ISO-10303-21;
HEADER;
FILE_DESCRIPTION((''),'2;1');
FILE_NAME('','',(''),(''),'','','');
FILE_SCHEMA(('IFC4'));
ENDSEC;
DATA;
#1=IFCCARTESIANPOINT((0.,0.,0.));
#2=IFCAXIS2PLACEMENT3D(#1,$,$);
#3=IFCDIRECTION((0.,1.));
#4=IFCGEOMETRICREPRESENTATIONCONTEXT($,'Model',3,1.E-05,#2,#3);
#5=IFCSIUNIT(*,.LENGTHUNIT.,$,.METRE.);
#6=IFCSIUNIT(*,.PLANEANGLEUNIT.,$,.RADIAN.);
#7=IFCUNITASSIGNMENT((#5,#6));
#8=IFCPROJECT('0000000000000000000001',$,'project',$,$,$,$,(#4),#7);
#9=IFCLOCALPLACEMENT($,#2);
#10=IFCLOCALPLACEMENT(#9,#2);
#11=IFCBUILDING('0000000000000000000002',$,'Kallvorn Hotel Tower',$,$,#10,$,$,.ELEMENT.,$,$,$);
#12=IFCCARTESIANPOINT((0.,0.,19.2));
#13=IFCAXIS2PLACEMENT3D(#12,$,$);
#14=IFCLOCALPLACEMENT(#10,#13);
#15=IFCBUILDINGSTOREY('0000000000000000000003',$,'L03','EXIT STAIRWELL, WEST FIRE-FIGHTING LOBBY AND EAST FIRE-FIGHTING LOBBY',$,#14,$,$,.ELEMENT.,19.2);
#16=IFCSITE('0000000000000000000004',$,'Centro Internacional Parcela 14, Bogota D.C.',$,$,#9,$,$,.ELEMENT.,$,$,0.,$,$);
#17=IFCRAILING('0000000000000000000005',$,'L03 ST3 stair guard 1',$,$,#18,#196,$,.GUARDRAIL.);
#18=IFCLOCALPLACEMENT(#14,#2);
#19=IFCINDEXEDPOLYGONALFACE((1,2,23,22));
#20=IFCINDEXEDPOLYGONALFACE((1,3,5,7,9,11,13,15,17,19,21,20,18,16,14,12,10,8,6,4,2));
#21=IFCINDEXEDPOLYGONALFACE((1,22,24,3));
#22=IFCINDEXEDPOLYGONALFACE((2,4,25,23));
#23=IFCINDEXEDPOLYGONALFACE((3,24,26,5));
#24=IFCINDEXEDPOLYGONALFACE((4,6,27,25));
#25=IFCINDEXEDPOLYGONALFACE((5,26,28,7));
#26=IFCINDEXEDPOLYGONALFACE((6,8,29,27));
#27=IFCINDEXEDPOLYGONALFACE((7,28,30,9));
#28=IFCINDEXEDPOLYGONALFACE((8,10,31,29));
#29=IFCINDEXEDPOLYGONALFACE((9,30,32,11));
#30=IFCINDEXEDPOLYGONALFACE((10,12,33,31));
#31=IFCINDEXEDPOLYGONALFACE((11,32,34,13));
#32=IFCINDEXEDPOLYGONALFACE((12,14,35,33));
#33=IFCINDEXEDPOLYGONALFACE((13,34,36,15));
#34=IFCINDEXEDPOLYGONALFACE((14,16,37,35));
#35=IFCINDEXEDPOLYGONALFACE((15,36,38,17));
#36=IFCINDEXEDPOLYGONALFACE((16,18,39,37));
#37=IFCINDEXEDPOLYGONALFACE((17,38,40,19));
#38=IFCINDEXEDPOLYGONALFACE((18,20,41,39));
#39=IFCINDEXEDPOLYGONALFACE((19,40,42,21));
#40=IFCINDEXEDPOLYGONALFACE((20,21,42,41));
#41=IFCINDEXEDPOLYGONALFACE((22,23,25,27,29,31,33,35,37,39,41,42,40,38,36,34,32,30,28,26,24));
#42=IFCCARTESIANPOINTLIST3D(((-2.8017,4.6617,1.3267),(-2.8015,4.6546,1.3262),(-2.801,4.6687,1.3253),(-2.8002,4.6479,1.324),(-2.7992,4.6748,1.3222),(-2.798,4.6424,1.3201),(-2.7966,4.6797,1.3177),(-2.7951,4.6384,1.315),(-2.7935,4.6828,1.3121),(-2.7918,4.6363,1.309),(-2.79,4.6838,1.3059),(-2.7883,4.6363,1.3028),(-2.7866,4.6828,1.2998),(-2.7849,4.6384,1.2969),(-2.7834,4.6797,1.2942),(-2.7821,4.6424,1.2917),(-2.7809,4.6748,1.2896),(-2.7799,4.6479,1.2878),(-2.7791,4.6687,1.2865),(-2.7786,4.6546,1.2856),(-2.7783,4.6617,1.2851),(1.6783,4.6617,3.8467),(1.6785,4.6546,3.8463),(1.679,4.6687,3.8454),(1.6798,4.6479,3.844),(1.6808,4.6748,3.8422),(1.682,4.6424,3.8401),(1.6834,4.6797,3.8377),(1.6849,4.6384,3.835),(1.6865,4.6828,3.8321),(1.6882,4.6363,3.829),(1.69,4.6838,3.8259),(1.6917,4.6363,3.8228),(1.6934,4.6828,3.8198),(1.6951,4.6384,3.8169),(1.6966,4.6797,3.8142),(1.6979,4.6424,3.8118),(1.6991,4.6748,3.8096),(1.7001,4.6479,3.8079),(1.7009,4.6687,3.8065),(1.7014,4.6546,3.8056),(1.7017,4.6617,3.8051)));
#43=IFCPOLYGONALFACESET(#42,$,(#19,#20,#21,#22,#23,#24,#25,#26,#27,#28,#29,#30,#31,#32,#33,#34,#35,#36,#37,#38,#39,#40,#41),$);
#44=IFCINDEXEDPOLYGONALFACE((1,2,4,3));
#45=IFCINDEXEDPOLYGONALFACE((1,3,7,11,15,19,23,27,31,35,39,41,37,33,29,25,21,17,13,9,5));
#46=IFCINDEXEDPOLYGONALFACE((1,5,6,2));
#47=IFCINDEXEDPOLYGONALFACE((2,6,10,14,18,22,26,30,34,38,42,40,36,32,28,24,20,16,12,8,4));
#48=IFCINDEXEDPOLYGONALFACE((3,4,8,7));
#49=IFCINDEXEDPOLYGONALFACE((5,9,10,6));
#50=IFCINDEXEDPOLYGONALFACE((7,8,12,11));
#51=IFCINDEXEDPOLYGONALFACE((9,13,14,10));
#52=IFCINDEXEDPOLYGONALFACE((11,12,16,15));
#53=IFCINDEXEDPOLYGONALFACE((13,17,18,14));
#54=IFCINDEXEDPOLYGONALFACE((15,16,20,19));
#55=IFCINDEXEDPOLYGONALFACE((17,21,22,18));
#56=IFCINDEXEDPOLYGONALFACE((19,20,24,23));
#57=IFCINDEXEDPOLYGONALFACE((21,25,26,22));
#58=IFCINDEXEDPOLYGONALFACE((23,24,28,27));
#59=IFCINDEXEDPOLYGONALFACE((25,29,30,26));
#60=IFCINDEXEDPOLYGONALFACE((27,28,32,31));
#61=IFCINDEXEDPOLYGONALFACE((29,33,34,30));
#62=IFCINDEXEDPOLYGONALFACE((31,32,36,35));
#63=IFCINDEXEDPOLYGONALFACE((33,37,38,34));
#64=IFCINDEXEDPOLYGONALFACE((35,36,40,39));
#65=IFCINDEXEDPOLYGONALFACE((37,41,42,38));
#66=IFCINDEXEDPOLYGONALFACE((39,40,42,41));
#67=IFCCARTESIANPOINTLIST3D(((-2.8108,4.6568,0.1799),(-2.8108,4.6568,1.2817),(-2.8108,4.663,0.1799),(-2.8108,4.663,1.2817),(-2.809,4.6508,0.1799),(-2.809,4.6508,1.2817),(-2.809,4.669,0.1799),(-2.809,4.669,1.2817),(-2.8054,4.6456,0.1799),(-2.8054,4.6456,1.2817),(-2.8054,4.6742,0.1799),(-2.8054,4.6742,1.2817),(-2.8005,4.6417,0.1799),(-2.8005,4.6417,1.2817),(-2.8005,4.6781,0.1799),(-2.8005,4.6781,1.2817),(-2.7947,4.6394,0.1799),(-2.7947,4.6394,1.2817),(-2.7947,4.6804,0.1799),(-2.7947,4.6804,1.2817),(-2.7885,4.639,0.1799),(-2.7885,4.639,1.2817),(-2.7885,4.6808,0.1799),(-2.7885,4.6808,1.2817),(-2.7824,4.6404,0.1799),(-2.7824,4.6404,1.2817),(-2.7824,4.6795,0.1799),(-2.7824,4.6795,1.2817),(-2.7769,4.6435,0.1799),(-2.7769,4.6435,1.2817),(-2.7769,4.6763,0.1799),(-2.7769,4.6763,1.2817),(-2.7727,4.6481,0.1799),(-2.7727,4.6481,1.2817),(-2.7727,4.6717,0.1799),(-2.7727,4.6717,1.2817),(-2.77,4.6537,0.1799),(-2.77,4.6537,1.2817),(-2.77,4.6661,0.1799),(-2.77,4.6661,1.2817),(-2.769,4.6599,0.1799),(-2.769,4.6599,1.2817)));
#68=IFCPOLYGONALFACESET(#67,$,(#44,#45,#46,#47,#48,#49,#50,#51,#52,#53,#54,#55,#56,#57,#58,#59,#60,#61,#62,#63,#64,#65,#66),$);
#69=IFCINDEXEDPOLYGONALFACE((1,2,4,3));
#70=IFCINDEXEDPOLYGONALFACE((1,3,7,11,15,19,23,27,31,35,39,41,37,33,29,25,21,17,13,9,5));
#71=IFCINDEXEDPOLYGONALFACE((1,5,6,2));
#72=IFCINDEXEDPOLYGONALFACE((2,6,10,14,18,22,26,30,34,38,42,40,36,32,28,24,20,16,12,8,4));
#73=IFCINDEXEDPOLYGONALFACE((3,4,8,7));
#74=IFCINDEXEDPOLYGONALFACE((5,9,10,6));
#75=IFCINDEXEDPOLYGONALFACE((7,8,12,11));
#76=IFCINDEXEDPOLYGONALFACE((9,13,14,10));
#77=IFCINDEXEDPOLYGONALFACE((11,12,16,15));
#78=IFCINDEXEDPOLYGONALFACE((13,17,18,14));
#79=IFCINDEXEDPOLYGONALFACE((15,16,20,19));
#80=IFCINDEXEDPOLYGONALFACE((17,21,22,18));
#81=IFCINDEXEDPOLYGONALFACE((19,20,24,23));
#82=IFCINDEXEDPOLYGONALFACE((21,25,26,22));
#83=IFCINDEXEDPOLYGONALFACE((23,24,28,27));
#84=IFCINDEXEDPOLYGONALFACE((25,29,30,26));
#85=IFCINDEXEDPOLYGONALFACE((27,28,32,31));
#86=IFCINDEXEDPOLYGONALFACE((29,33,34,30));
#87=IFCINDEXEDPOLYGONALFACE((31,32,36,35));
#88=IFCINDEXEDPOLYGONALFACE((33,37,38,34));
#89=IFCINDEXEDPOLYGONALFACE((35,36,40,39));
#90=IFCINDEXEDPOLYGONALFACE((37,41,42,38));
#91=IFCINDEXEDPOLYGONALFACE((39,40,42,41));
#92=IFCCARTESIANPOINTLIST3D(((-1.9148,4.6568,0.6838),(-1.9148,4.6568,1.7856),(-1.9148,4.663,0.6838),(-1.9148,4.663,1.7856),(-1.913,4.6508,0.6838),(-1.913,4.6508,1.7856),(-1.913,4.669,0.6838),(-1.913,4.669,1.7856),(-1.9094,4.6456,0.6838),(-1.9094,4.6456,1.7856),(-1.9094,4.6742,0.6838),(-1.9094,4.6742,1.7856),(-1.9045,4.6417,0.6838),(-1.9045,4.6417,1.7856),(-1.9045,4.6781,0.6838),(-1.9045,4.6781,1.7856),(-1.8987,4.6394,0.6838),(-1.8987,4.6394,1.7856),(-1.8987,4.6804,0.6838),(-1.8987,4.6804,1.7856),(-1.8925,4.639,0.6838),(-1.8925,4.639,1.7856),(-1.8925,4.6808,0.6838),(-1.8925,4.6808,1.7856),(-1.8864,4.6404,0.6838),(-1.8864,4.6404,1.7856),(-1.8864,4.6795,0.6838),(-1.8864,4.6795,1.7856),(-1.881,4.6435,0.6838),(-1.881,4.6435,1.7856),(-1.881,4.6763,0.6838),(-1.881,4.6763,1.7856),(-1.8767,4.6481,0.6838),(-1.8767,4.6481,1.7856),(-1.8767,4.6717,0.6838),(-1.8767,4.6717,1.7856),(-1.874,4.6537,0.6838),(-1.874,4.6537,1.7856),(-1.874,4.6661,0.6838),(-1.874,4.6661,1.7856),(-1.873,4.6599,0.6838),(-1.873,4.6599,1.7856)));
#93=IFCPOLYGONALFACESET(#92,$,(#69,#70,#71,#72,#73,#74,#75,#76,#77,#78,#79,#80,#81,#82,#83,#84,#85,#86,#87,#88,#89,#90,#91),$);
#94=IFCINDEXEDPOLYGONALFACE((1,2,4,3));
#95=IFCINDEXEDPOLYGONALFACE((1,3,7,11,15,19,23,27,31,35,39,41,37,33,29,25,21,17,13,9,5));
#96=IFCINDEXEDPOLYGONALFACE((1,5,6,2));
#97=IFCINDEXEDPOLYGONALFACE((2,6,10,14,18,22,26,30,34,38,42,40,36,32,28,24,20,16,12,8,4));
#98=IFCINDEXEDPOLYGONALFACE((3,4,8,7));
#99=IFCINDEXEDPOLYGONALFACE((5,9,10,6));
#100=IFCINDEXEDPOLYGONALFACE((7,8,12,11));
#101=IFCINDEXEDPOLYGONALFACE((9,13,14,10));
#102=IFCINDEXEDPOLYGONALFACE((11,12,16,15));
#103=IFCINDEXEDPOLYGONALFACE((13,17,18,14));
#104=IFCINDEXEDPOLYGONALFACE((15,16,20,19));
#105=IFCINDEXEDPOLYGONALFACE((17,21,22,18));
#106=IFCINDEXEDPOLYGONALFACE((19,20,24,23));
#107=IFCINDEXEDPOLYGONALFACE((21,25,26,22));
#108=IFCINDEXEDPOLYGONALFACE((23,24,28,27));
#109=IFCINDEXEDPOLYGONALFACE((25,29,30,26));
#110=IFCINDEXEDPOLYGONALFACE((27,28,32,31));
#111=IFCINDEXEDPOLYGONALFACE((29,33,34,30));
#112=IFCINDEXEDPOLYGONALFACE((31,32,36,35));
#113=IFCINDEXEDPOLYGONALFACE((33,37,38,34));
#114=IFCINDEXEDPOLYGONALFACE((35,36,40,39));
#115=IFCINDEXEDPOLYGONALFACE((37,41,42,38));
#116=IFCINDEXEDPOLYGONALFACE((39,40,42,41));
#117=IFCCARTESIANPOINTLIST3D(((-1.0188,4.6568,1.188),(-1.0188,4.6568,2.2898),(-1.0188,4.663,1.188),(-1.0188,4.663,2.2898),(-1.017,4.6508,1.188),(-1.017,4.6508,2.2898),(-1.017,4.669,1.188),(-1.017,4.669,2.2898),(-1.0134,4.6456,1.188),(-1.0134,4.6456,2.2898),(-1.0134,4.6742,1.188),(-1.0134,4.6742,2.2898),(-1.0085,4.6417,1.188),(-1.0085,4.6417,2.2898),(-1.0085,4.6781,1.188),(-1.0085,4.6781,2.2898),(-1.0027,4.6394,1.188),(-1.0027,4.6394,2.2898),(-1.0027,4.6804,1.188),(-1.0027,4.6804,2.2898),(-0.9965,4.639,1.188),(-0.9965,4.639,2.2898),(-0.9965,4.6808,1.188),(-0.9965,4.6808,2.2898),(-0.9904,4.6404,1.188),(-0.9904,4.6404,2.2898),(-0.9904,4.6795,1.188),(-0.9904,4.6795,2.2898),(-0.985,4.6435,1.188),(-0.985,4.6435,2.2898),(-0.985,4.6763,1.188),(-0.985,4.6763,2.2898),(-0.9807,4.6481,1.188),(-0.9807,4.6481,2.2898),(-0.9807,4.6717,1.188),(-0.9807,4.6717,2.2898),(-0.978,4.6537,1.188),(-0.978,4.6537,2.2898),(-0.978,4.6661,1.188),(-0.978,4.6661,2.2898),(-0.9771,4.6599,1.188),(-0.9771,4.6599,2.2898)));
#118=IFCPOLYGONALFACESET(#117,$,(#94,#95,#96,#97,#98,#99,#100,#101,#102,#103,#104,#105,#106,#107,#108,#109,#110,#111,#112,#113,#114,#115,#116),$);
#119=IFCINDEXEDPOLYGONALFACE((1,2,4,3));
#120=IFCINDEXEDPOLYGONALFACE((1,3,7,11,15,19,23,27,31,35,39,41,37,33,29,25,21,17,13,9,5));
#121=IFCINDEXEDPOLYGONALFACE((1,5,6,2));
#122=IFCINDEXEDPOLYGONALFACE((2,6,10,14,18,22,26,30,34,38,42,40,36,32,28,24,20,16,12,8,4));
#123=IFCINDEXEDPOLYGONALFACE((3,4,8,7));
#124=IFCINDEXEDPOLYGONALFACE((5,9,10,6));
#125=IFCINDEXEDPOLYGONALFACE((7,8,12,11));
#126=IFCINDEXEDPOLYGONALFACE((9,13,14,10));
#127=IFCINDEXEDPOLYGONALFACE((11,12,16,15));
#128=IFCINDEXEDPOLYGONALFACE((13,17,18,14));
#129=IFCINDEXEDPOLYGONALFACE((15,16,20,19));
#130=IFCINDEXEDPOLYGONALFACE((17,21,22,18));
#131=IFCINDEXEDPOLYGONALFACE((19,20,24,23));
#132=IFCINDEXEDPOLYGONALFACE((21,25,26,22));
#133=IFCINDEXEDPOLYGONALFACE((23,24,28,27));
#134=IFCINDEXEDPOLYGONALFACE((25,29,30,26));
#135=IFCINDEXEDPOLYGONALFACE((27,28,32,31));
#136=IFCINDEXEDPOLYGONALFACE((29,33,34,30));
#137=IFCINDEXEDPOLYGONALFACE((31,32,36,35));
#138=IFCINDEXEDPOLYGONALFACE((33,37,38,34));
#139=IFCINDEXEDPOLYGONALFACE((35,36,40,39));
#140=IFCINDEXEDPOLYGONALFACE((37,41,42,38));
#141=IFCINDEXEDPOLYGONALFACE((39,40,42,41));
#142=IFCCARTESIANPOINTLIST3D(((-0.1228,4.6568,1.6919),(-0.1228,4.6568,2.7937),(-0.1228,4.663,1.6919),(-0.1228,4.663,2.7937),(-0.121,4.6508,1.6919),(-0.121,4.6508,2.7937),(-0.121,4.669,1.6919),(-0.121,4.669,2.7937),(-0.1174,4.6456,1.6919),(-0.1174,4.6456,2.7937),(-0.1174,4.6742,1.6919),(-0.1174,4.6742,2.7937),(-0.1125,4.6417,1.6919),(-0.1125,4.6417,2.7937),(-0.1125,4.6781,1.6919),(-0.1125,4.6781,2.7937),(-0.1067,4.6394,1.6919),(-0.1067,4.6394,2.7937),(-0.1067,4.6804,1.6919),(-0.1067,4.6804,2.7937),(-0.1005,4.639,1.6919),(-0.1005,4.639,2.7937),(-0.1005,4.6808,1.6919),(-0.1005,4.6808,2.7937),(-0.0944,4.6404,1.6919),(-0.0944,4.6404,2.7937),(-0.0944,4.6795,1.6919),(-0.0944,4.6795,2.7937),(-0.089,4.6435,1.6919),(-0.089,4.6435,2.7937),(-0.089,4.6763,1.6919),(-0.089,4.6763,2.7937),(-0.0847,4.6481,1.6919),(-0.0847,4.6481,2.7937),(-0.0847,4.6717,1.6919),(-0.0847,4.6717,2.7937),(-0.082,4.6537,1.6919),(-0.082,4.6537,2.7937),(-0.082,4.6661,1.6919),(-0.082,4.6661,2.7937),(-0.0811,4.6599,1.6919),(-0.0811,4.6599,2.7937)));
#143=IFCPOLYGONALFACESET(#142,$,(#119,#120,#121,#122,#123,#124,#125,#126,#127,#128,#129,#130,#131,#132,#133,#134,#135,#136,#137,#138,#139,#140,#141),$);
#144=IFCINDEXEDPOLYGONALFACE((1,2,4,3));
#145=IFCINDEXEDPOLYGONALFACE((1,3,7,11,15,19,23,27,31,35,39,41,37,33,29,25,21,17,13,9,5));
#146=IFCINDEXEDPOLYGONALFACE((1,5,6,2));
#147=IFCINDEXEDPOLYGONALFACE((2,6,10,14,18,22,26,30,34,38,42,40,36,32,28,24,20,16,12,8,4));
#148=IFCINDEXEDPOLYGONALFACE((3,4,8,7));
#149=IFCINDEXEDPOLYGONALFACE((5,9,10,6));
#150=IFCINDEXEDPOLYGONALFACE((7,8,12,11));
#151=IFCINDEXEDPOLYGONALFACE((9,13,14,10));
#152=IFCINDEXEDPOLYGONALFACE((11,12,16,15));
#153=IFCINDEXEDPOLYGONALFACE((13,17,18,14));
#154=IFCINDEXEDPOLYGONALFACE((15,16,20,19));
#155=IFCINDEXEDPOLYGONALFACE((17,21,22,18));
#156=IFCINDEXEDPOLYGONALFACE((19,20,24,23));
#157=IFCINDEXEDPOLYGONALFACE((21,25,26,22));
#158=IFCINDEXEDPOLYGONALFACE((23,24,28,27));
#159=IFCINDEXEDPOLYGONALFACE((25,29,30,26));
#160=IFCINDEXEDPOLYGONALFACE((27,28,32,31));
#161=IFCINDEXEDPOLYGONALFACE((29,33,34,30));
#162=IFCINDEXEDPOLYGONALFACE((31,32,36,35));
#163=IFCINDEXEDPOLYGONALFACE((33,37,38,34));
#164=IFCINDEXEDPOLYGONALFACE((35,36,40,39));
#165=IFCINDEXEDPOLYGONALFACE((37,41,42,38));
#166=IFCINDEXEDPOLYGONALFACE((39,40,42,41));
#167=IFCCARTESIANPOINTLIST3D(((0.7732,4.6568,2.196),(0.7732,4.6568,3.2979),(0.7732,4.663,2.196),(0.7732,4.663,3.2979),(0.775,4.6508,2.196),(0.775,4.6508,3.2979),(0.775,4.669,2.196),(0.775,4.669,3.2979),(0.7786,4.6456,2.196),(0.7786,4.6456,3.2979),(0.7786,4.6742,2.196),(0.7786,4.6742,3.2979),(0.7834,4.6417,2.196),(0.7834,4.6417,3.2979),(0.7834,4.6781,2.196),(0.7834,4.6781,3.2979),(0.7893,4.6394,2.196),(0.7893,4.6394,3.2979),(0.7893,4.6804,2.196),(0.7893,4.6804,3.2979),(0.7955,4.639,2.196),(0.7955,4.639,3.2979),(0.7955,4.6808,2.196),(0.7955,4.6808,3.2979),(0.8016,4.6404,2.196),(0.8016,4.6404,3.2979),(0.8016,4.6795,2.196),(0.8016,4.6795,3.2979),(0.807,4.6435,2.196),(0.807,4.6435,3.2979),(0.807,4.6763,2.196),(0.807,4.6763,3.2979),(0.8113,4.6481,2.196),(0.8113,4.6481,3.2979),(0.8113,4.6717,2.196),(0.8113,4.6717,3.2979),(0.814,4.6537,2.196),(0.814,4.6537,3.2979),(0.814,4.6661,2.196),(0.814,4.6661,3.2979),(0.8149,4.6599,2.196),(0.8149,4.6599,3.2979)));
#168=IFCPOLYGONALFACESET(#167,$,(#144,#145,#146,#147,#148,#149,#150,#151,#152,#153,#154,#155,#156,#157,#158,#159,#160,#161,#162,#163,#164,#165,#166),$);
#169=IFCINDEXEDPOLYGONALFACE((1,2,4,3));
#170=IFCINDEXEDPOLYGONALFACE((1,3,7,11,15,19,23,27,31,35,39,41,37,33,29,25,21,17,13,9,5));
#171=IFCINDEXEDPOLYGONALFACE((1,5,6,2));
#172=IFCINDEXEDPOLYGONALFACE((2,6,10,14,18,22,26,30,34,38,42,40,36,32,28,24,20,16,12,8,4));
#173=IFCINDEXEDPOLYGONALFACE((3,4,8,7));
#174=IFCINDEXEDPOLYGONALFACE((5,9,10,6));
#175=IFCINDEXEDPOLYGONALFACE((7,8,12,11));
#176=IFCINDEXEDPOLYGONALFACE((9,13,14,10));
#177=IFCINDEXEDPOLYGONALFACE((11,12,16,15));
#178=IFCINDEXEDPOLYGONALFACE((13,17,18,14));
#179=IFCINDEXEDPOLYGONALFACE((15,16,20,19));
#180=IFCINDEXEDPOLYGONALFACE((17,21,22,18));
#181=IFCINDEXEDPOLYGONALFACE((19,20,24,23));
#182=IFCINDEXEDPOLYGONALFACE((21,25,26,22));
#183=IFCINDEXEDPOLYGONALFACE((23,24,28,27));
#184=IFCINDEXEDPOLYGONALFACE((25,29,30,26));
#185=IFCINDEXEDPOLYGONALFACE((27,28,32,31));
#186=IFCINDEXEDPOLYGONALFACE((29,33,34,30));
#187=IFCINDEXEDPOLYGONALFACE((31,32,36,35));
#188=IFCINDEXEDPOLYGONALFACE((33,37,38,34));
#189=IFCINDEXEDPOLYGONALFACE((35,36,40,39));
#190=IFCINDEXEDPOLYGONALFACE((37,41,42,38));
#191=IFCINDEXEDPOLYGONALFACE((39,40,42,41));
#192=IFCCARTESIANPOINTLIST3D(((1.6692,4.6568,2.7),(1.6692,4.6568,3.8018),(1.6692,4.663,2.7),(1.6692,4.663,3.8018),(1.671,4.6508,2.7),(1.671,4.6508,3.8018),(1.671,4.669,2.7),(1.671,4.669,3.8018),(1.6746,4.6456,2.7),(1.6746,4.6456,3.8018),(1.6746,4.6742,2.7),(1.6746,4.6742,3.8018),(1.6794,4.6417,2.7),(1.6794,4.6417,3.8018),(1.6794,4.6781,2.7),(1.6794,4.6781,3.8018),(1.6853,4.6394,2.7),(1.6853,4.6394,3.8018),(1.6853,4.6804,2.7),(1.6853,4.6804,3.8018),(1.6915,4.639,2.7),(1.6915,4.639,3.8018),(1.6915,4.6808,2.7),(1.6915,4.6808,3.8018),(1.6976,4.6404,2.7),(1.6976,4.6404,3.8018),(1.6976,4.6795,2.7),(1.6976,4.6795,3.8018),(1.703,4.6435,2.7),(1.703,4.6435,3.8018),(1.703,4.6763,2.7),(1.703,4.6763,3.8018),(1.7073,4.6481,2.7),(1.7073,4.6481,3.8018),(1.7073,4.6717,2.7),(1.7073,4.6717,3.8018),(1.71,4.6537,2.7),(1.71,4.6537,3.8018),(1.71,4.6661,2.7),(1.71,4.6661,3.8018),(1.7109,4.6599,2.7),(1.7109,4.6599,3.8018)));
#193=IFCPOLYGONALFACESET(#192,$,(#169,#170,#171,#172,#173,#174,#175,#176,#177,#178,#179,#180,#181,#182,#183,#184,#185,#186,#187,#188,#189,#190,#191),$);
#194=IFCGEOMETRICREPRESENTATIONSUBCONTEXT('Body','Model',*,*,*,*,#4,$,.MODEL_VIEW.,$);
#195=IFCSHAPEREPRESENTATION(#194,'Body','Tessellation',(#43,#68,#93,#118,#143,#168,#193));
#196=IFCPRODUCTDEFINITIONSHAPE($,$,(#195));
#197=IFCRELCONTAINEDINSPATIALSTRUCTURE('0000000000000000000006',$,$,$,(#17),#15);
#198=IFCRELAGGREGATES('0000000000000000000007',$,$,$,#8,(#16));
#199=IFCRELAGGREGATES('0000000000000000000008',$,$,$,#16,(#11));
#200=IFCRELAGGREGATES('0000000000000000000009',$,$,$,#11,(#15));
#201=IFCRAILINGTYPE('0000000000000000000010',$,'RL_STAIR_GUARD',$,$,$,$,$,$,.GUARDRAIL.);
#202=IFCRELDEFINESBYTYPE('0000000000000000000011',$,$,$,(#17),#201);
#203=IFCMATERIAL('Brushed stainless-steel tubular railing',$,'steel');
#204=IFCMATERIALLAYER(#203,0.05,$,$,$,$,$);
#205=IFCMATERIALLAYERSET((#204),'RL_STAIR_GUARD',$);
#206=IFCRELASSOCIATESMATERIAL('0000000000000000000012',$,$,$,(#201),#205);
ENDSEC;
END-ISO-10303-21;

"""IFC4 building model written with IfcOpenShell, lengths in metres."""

from ifc_helpers import new_model, si_unit, direction, frame, origin, origin_2d, place, context, subcontext, project, spatial, circle, extrude, material, layer, layer_set, type_object, element, save


model = new_model("IFC4")

# Units and contexts
model_context = context("Model", 3, precision=1e-05, world=origin(), true_north=direction((0.0, 1.0)))
body_context = subcontext(model_context, "Body", "Model", "MODEL_VIEW")
ifc_project = project(units=[si_unit("LENGTHUNIT", "METRE"), si_unit("PLANEANGLEUNIT", "RADIAN")], contexts=[model_context])

# Site, building, storey
site_placement = place(None, origin())
site = spatial("IfcSite", under=ifc_project, at=site_placement, Name="Centro Internacional Parcela 14, Bogota D.C.", CompositionType="ELEMENT", RefElevation=0.0)
building_placement = place(site_placement, origin())
building = spatial("IfcBuilding", under=site, at=building_placement, Name="Kallvorn Hotel Tower", CompositionType="ELEMENT")
storey_placement = place(building_placement, frame((0.0, 0.0, 19.2)))
storey = spatial("IfcBuildingStorey", under=building, at=storey_placement, Name="L03", Description="EXIT STAIRWELL, WEST FIRE-FIGHTING LOBBY AND EAST FIRE-FIGHTING LOBBY", CompositionType="ELEMENT", Elevation=19.2)

# Railing
ifc_material_1 = material(Name="Brushed stainless-steel tubular railing", Category="steel")
ifc_layer_1 = layer(ifc_material_1, 0.05)
ifc_layer_set_1 = layer_set([ifc_layer_1], Name="RL_STAIR_GUARD")
railing_type_1 = type_object("IfcRailingType", Name="RL_STAIR_GUARD", PredefinedType="GUARDRAIL", material=ifc_layer_set_1)
railing_1_placement = place(storey_placement, frame((-2.79, 4.6599, 0.1799)))
element("IfcRailing", 1, at=railing_1_placement, inside=storey, type_object=railing_type_1, Name="L03 ST3 stair guard 1", PredefinedType="GUARDRAIL", context=body_context, shape_type="SweptSolid", body=[
    extrude(circle(Radius=0.0239, at=origin_2d()), frame((0.0, 0.0, 1.126), z_axis=(0.871573, 0.0, 0.490266), x_axis=(0.0, 1.0, 0.0)), (0.0, 0.0, 1.0), 5.1401),
    extrude(circle(Radius=0.021, at=origin_2d()), origin(), (0.0, 0.0, 1.0), 1.1018),
    extrude(circle(Radius=0.021, at=origin_2d()), frame((0.896, 0.0, 0.5039)), (0.0, 0.0, 1.0), 1.1018),
    extrude(circle(Radius=0.021, at=origin_2d()), frame((1.792, 0.0, 1.0081)), (0.0, 0.0, 1.0), 1.1018),
    extrude(circle(Radius=0.021, at=origin_2d()), frame((2.688, 0.0, 1.512)), (0.0, 0.0, 1.0), 1.1018),
    extrude(circle(Radius=0.021, at=origin_2d()), frame((3.584, 0.0, 2.0161)), (0.0, 0.0, 1.0), 1.1018),
    extrude(circle(Radius=0.021, at=origin_2d()), frame((4.48, 0.0, 2.52)), (0.0, 0.0, 1.0), 1.1018),
])

save(model, "model.ifc")
